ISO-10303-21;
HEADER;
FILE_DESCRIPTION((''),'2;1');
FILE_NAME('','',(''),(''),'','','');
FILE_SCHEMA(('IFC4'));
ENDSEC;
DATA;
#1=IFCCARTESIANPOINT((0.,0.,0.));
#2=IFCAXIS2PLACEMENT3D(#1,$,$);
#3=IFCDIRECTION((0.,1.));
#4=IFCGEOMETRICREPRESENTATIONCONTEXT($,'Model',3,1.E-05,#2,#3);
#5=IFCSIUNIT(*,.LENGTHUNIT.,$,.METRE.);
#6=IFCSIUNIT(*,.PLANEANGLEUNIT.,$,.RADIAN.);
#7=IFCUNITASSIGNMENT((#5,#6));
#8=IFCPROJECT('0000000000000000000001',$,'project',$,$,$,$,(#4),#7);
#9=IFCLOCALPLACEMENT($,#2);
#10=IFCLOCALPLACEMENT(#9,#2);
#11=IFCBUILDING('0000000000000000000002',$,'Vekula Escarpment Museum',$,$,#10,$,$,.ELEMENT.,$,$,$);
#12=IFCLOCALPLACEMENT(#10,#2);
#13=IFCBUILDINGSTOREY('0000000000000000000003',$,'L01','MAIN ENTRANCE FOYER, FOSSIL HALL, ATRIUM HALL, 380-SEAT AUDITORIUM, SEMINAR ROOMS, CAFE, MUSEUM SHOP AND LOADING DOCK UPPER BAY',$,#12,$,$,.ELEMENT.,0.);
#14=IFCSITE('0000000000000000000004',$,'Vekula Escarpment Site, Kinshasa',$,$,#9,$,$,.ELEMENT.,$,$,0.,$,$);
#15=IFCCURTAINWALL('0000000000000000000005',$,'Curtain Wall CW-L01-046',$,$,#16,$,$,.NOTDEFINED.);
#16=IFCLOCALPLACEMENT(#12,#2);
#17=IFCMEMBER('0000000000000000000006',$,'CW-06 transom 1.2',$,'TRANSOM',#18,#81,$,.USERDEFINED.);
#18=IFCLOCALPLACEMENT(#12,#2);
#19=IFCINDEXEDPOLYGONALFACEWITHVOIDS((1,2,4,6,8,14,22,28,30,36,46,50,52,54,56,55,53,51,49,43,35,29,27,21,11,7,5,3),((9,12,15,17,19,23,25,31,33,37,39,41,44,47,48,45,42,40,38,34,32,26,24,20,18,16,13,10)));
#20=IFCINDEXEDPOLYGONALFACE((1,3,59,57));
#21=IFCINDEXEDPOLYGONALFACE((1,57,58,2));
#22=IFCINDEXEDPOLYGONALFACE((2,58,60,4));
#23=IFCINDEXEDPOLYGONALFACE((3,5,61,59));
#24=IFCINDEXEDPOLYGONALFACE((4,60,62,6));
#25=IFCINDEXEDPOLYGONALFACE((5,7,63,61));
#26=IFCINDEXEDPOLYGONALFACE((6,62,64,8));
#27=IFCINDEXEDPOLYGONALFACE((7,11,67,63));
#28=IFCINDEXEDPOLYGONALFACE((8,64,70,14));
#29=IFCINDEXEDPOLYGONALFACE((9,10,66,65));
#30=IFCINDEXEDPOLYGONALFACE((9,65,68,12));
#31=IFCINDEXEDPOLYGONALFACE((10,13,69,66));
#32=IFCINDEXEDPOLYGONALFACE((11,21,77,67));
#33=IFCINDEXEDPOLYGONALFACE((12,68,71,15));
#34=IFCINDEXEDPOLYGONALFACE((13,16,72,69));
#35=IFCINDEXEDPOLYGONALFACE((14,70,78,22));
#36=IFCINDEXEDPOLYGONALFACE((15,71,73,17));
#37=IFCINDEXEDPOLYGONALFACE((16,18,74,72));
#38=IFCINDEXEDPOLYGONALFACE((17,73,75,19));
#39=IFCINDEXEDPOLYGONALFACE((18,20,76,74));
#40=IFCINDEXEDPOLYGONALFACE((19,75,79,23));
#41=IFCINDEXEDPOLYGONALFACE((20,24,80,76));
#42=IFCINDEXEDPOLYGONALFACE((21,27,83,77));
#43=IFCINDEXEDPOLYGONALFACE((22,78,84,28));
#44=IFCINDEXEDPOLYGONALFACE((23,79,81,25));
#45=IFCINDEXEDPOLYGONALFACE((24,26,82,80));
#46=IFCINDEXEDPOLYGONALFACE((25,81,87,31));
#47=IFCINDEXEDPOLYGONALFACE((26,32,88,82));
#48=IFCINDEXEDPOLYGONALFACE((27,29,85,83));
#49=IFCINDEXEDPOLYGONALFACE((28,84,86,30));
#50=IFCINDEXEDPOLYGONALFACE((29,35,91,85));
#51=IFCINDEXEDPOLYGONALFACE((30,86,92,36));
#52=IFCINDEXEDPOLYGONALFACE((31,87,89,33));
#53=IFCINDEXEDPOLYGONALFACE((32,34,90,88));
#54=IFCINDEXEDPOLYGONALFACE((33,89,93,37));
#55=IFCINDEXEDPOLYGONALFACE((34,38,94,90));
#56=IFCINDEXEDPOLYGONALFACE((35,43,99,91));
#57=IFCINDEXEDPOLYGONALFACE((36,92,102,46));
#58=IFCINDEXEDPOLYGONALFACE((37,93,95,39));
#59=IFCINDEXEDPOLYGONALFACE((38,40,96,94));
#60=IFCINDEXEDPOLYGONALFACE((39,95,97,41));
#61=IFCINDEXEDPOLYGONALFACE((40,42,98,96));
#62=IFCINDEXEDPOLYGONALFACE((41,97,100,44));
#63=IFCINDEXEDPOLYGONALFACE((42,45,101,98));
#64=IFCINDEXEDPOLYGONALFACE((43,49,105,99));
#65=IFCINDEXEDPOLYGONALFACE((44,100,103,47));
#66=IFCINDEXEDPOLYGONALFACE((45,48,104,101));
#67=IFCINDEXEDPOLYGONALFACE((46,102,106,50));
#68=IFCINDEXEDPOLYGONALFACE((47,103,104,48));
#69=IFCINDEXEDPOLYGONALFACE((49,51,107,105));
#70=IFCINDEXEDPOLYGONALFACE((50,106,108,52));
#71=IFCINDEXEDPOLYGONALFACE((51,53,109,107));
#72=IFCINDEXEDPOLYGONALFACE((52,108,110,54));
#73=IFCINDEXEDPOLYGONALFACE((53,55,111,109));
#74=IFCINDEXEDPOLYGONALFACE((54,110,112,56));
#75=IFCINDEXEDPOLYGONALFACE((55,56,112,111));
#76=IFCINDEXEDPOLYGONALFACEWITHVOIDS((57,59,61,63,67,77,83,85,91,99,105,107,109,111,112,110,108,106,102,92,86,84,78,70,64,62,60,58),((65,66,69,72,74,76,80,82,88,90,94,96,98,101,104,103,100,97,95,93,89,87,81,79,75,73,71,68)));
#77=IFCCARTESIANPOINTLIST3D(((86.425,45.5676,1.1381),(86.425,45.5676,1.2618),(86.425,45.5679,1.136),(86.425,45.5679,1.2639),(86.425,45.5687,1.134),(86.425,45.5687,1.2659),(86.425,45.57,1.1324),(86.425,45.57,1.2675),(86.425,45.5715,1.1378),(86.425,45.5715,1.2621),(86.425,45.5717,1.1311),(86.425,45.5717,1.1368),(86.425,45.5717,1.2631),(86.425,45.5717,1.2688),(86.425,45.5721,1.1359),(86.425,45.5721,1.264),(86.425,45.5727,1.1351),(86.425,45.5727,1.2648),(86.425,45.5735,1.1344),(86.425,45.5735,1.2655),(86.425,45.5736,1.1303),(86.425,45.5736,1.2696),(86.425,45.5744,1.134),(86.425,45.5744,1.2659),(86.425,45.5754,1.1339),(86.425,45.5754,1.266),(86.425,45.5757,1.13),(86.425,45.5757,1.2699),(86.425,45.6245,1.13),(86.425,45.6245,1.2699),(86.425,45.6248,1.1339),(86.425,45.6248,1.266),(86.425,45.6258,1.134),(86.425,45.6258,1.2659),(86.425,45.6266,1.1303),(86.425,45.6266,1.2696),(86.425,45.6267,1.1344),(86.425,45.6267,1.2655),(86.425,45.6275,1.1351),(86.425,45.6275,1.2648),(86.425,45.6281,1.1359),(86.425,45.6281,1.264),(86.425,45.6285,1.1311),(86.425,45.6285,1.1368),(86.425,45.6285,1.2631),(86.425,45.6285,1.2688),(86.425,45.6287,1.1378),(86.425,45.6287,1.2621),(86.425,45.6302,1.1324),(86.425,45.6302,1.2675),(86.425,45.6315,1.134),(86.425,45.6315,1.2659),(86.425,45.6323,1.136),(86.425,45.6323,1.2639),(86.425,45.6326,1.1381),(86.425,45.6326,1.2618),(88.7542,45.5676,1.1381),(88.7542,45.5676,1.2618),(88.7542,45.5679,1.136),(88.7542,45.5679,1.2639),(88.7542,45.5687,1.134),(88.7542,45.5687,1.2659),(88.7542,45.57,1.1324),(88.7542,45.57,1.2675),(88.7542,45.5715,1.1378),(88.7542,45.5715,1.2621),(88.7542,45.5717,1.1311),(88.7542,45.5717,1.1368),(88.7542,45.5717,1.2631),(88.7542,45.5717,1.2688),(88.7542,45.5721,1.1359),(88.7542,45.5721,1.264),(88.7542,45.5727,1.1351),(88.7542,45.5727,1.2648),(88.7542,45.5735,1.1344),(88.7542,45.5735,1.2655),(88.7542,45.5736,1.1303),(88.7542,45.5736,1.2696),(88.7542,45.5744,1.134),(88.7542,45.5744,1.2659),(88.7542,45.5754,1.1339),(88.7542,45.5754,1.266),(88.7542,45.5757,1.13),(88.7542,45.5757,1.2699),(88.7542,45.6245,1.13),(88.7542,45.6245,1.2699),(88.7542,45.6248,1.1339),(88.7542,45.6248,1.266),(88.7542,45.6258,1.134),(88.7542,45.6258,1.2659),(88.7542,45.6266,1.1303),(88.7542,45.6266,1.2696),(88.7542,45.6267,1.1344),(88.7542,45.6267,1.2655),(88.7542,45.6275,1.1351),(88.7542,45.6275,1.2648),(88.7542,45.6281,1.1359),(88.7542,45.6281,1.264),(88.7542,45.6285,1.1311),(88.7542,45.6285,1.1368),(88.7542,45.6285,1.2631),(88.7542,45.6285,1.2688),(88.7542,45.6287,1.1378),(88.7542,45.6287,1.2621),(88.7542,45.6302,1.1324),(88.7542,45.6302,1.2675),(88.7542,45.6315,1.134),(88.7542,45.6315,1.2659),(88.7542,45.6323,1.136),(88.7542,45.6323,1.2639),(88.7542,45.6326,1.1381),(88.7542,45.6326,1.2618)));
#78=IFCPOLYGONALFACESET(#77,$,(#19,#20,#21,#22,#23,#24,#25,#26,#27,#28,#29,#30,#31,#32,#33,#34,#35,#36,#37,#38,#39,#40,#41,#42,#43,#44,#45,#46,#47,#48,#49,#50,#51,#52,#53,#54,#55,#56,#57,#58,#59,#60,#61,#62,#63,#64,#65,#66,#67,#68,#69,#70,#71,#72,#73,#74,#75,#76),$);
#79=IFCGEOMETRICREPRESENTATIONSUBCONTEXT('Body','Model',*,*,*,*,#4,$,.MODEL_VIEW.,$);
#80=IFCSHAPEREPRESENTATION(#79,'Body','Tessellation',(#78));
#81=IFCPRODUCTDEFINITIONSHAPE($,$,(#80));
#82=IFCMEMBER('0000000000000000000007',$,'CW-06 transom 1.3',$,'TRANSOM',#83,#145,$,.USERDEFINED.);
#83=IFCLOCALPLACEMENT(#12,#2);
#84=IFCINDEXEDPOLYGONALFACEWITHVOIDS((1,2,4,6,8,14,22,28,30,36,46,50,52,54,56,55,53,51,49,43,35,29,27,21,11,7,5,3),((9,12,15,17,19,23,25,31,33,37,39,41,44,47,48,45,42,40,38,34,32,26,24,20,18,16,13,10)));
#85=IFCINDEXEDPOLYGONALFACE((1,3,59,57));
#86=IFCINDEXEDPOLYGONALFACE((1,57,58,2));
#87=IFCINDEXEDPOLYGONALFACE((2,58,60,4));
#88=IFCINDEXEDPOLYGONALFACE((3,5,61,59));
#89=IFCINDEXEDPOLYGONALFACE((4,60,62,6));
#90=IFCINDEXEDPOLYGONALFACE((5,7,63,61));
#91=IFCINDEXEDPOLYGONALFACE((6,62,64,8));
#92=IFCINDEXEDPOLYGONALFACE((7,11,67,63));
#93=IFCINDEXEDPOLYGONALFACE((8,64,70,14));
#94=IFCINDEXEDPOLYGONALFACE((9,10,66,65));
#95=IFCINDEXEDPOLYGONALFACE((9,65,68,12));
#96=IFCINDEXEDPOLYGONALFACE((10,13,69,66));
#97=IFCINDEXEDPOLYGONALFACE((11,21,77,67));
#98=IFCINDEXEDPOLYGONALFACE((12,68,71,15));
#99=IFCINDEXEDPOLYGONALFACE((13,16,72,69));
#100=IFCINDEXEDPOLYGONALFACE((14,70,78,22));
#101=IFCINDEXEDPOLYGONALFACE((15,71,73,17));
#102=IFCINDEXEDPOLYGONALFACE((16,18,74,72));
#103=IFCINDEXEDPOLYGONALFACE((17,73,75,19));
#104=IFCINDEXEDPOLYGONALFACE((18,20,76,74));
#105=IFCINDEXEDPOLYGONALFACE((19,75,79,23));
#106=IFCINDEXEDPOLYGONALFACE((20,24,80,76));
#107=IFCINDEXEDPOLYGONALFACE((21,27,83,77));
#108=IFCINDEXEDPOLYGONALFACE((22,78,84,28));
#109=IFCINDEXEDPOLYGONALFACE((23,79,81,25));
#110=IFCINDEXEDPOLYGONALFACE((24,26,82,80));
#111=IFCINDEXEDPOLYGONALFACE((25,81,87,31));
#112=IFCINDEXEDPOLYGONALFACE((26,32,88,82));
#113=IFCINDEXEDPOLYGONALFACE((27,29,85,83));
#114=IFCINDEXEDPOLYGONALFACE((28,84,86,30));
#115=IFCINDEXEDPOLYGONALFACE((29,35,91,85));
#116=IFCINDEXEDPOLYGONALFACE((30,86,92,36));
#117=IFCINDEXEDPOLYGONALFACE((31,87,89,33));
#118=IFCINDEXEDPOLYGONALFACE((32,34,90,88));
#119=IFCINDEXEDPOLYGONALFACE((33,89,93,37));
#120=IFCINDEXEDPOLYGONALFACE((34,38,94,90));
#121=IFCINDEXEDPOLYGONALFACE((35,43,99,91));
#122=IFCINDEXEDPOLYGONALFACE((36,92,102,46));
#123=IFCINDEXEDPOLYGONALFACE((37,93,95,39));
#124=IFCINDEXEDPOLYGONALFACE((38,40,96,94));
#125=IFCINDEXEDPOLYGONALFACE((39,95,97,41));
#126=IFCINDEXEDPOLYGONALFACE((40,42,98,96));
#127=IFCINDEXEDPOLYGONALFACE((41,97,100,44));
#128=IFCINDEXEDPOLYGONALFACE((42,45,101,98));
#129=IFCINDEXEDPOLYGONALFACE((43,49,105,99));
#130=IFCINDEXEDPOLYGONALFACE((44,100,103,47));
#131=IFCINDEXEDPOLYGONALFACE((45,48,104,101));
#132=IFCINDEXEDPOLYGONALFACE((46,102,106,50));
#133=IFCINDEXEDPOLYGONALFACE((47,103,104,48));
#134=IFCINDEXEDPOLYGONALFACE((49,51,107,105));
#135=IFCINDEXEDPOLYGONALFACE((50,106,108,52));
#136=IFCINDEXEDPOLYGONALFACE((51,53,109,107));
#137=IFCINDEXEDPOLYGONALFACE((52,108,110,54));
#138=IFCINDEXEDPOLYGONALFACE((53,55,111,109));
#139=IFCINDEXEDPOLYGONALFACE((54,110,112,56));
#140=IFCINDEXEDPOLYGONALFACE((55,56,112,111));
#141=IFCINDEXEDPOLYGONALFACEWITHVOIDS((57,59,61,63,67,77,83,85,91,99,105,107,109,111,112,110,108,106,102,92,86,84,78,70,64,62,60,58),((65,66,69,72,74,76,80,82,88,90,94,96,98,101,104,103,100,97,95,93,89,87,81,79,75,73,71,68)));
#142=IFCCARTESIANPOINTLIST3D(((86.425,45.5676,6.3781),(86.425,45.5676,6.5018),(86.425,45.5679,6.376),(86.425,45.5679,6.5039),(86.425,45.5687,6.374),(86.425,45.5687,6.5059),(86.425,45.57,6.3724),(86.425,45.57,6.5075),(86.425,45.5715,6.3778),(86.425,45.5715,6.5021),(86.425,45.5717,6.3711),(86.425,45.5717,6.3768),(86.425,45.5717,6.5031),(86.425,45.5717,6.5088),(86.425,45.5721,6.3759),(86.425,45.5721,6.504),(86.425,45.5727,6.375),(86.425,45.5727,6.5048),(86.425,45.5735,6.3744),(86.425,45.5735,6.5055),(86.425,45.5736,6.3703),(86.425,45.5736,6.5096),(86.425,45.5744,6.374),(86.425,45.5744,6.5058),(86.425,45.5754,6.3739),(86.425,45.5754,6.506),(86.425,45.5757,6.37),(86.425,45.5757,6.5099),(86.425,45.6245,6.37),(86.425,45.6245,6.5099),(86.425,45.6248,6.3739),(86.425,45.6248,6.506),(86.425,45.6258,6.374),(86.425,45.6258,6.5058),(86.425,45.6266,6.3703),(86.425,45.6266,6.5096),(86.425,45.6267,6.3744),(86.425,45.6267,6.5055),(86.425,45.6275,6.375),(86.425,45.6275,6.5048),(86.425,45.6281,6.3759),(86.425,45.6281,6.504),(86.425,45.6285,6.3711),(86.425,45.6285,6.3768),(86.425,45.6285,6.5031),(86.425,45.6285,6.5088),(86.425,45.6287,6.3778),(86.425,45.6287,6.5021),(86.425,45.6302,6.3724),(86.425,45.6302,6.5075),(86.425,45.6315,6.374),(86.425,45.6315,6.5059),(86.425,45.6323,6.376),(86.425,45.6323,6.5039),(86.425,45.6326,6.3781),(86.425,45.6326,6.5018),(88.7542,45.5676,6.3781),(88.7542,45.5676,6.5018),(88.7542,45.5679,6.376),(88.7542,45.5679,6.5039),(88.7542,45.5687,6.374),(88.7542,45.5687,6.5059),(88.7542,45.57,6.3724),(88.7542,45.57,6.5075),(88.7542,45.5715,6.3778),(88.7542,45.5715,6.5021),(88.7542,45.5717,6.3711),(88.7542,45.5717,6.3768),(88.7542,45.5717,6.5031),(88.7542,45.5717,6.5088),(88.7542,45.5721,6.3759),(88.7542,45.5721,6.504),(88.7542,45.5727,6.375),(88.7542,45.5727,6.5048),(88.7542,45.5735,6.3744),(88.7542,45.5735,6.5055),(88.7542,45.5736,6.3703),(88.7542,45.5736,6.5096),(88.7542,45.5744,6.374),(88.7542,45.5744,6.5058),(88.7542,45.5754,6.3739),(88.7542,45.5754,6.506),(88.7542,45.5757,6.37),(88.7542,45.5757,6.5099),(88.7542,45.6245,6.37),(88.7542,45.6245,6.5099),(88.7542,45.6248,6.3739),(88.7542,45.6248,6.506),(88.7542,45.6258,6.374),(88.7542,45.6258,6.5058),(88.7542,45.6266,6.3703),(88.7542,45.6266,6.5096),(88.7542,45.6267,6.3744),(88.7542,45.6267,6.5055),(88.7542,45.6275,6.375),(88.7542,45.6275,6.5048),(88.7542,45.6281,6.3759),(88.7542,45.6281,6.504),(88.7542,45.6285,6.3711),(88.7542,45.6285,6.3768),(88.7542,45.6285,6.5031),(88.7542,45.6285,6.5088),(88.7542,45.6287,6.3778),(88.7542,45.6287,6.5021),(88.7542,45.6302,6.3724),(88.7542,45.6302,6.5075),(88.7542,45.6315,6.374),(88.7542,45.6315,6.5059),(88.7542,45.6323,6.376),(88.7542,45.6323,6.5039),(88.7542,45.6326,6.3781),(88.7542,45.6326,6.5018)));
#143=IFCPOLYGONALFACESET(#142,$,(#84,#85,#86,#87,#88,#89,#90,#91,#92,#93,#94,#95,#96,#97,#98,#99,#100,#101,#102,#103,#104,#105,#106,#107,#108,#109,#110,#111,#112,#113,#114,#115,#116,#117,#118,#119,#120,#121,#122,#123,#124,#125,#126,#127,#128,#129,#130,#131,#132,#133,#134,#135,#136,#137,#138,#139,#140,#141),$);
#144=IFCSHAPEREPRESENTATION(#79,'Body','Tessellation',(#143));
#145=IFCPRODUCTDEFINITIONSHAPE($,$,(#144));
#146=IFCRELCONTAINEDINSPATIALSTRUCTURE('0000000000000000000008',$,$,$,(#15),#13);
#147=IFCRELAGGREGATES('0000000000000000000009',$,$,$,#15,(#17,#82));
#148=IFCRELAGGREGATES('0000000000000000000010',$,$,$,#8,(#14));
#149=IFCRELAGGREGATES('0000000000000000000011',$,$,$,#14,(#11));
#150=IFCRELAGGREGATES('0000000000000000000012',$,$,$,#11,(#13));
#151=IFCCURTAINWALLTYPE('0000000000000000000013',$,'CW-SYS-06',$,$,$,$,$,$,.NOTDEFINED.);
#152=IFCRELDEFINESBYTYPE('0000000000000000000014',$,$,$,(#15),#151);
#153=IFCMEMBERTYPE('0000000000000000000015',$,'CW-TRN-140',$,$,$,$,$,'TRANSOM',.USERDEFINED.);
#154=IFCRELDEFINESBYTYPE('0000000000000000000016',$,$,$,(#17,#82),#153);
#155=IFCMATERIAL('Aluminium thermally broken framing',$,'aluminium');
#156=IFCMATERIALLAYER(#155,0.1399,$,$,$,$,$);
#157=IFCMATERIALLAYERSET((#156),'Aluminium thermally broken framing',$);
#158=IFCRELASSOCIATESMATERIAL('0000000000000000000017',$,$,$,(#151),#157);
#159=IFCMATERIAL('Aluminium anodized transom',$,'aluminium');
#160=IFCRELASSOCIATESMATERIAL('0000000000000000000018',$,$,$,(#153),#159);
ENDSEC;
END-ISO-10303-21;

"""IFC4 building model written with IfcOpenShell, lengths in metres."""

from ifc_helpers import new_model, si_unit, direction, frame, origin, origin_2d, place, context, subcontext, project, spatial, hollow_rectangle, extrude, material, layer, layer_set, material_profile, profile_set, type_object, element, aggregate, save


model = new_model("IFC4")

# Units and contexts
model_context = context("Model", 3, precision=1e-05, world=origin(), true_north=direction((0.0, 1.0)))
body_context = subcontext(model_context, "Body", "Model", "MODEL_VIEW")
ifc_project = project(units=[si_unit("LENGTHUNIT", "METRE"), si_unit("PLANEANGLEUNIT", "RADIAN")], contexts=[model_context])

# Site, building, storey
site_placement = place(None, origin())
site = spatial("IfcSite", under=ifc_project, at=site_placement, Name="Vekula Escarpment Site, Kinshasa", CompositionType="ELEMENT", RefElevation=0.0)
building_placement = place(site_placement, origin())
building = spatial("IfcBuilding", under=site, at=building_placement, Name="Vekula Escarpment Museum", CompositionType="ELEMENT")
storey_placement = place(building_placement, origin())
storey = spatial("IfcBuildingStorey", under=building, at=storey_placement, Name="L01", Description="MAIN ENTRANCE FOYER, FOSSIL HALL, ATRIUM HALL, 380-SEAT AUDITORIUM, SEMINAR ROOMS, CAFE, MUSEUM SHOP AND LOADING DOCK UPPER BAY", CompositionType="ELEMENT", Elevation=0.0)

# Curtain wall, members
ifc_material_1 = material(Name="Aluminium thermally broken framing", Category="aluminium")
ifc_layer_1 = layer(ifc_material_1, 0.1399)
ifc_layer_set_1 = layer_set([ifc_layer_1], Name="Aluminium thermally broken framing")
curtain_wall_type = type_object("IfcCurtainWallType", Name="CW-SYS-06", PredefinedType="NOTDEFINED", material=ifc_layer_set_1)
curtain_wall_placement = place(storey_placement, origin())
curtain_wall = element("IfcCurtainWall", 1, at=curtain_wall_placement, inside=storey, type_object=curtain_wall_type, Name="Curtain Wall CW-L01-046", PredefinedType="NOTDEFINED")
ifc_material_2 = material(Name="Aluminium anodized transom", Category="aluminium")
ifc_material_profile_1 = material_profile(ifc_material_2, hollow_rectangle(XDim=0.0649, YDim=0.1399, WallThickness=0.0039, InnerFilletRadius=0.0039, OuterFilletRadius=0.0081, at=origin_2d()), Name="ALU 140x65x4")
ifc_profile_set_1 = profile_set([ifc_material_profile_1], Name="Aluminium anodized transom")
member_type_1 = type_object("IfcMemberType", Name="CW-TRN-140", ElementType="TRANSOM", PredefinedType="USERDEFINED", material=ifc_profile_set_1)
member_1_placement = place(storey_placement, frame((86.425, 45.6001, 1.2), z_axis=(1.0, 0.0, 0.0), x_axis=(0.0, 1.0, 0.0)))
member_1 = element("IfcMember", 2, at=member_1_placement, type_object=member_type_1, Name="CW-06 transom 1.2", ObjectType="TRANSOM", PredefinedType="USERDEFINED", context=body_context, shape_type="SweptSolid", body=[
    extrude(hollow_rectangle(XDim=0.0649, YDim=0.1399, WallThickness=0.0039, InnerFilletRadius=0.0039, OuterFilletRadius=0.0081, at=origin_2d()), origin(), (0.0, 0.0, 1.0), 2.3291),
])
member_2_placement = place(storey_placement, frame((86.425, 45.6001, 6.4399), z_axis=(1.0, 0.0, 0.0), x_axis=(0.0, 1.0, 0.0)))
member_2 = element("IfcMember", 3, at=member_2_placement, type_object=member_type_1, Name="CW-06 transom 1.3", ObjectType="TRANSOM", PredefinedType="USERDEFINED", context=body_context, shape_type="SweptSolid", body=[
    extrude(hollow_rectangle(XDim=0.0649, YDim=0.1399, WallThickness=0.0039, InnerFilletRadius=0.0039, OuterFilletRadius=0.0081, at=origin_2d()), origin(), (0.0, 0.0, 1.0), 2.3291),
])
aggregate(curtain_wall, [member_1, member_2])

save(model, "model.ifc")
